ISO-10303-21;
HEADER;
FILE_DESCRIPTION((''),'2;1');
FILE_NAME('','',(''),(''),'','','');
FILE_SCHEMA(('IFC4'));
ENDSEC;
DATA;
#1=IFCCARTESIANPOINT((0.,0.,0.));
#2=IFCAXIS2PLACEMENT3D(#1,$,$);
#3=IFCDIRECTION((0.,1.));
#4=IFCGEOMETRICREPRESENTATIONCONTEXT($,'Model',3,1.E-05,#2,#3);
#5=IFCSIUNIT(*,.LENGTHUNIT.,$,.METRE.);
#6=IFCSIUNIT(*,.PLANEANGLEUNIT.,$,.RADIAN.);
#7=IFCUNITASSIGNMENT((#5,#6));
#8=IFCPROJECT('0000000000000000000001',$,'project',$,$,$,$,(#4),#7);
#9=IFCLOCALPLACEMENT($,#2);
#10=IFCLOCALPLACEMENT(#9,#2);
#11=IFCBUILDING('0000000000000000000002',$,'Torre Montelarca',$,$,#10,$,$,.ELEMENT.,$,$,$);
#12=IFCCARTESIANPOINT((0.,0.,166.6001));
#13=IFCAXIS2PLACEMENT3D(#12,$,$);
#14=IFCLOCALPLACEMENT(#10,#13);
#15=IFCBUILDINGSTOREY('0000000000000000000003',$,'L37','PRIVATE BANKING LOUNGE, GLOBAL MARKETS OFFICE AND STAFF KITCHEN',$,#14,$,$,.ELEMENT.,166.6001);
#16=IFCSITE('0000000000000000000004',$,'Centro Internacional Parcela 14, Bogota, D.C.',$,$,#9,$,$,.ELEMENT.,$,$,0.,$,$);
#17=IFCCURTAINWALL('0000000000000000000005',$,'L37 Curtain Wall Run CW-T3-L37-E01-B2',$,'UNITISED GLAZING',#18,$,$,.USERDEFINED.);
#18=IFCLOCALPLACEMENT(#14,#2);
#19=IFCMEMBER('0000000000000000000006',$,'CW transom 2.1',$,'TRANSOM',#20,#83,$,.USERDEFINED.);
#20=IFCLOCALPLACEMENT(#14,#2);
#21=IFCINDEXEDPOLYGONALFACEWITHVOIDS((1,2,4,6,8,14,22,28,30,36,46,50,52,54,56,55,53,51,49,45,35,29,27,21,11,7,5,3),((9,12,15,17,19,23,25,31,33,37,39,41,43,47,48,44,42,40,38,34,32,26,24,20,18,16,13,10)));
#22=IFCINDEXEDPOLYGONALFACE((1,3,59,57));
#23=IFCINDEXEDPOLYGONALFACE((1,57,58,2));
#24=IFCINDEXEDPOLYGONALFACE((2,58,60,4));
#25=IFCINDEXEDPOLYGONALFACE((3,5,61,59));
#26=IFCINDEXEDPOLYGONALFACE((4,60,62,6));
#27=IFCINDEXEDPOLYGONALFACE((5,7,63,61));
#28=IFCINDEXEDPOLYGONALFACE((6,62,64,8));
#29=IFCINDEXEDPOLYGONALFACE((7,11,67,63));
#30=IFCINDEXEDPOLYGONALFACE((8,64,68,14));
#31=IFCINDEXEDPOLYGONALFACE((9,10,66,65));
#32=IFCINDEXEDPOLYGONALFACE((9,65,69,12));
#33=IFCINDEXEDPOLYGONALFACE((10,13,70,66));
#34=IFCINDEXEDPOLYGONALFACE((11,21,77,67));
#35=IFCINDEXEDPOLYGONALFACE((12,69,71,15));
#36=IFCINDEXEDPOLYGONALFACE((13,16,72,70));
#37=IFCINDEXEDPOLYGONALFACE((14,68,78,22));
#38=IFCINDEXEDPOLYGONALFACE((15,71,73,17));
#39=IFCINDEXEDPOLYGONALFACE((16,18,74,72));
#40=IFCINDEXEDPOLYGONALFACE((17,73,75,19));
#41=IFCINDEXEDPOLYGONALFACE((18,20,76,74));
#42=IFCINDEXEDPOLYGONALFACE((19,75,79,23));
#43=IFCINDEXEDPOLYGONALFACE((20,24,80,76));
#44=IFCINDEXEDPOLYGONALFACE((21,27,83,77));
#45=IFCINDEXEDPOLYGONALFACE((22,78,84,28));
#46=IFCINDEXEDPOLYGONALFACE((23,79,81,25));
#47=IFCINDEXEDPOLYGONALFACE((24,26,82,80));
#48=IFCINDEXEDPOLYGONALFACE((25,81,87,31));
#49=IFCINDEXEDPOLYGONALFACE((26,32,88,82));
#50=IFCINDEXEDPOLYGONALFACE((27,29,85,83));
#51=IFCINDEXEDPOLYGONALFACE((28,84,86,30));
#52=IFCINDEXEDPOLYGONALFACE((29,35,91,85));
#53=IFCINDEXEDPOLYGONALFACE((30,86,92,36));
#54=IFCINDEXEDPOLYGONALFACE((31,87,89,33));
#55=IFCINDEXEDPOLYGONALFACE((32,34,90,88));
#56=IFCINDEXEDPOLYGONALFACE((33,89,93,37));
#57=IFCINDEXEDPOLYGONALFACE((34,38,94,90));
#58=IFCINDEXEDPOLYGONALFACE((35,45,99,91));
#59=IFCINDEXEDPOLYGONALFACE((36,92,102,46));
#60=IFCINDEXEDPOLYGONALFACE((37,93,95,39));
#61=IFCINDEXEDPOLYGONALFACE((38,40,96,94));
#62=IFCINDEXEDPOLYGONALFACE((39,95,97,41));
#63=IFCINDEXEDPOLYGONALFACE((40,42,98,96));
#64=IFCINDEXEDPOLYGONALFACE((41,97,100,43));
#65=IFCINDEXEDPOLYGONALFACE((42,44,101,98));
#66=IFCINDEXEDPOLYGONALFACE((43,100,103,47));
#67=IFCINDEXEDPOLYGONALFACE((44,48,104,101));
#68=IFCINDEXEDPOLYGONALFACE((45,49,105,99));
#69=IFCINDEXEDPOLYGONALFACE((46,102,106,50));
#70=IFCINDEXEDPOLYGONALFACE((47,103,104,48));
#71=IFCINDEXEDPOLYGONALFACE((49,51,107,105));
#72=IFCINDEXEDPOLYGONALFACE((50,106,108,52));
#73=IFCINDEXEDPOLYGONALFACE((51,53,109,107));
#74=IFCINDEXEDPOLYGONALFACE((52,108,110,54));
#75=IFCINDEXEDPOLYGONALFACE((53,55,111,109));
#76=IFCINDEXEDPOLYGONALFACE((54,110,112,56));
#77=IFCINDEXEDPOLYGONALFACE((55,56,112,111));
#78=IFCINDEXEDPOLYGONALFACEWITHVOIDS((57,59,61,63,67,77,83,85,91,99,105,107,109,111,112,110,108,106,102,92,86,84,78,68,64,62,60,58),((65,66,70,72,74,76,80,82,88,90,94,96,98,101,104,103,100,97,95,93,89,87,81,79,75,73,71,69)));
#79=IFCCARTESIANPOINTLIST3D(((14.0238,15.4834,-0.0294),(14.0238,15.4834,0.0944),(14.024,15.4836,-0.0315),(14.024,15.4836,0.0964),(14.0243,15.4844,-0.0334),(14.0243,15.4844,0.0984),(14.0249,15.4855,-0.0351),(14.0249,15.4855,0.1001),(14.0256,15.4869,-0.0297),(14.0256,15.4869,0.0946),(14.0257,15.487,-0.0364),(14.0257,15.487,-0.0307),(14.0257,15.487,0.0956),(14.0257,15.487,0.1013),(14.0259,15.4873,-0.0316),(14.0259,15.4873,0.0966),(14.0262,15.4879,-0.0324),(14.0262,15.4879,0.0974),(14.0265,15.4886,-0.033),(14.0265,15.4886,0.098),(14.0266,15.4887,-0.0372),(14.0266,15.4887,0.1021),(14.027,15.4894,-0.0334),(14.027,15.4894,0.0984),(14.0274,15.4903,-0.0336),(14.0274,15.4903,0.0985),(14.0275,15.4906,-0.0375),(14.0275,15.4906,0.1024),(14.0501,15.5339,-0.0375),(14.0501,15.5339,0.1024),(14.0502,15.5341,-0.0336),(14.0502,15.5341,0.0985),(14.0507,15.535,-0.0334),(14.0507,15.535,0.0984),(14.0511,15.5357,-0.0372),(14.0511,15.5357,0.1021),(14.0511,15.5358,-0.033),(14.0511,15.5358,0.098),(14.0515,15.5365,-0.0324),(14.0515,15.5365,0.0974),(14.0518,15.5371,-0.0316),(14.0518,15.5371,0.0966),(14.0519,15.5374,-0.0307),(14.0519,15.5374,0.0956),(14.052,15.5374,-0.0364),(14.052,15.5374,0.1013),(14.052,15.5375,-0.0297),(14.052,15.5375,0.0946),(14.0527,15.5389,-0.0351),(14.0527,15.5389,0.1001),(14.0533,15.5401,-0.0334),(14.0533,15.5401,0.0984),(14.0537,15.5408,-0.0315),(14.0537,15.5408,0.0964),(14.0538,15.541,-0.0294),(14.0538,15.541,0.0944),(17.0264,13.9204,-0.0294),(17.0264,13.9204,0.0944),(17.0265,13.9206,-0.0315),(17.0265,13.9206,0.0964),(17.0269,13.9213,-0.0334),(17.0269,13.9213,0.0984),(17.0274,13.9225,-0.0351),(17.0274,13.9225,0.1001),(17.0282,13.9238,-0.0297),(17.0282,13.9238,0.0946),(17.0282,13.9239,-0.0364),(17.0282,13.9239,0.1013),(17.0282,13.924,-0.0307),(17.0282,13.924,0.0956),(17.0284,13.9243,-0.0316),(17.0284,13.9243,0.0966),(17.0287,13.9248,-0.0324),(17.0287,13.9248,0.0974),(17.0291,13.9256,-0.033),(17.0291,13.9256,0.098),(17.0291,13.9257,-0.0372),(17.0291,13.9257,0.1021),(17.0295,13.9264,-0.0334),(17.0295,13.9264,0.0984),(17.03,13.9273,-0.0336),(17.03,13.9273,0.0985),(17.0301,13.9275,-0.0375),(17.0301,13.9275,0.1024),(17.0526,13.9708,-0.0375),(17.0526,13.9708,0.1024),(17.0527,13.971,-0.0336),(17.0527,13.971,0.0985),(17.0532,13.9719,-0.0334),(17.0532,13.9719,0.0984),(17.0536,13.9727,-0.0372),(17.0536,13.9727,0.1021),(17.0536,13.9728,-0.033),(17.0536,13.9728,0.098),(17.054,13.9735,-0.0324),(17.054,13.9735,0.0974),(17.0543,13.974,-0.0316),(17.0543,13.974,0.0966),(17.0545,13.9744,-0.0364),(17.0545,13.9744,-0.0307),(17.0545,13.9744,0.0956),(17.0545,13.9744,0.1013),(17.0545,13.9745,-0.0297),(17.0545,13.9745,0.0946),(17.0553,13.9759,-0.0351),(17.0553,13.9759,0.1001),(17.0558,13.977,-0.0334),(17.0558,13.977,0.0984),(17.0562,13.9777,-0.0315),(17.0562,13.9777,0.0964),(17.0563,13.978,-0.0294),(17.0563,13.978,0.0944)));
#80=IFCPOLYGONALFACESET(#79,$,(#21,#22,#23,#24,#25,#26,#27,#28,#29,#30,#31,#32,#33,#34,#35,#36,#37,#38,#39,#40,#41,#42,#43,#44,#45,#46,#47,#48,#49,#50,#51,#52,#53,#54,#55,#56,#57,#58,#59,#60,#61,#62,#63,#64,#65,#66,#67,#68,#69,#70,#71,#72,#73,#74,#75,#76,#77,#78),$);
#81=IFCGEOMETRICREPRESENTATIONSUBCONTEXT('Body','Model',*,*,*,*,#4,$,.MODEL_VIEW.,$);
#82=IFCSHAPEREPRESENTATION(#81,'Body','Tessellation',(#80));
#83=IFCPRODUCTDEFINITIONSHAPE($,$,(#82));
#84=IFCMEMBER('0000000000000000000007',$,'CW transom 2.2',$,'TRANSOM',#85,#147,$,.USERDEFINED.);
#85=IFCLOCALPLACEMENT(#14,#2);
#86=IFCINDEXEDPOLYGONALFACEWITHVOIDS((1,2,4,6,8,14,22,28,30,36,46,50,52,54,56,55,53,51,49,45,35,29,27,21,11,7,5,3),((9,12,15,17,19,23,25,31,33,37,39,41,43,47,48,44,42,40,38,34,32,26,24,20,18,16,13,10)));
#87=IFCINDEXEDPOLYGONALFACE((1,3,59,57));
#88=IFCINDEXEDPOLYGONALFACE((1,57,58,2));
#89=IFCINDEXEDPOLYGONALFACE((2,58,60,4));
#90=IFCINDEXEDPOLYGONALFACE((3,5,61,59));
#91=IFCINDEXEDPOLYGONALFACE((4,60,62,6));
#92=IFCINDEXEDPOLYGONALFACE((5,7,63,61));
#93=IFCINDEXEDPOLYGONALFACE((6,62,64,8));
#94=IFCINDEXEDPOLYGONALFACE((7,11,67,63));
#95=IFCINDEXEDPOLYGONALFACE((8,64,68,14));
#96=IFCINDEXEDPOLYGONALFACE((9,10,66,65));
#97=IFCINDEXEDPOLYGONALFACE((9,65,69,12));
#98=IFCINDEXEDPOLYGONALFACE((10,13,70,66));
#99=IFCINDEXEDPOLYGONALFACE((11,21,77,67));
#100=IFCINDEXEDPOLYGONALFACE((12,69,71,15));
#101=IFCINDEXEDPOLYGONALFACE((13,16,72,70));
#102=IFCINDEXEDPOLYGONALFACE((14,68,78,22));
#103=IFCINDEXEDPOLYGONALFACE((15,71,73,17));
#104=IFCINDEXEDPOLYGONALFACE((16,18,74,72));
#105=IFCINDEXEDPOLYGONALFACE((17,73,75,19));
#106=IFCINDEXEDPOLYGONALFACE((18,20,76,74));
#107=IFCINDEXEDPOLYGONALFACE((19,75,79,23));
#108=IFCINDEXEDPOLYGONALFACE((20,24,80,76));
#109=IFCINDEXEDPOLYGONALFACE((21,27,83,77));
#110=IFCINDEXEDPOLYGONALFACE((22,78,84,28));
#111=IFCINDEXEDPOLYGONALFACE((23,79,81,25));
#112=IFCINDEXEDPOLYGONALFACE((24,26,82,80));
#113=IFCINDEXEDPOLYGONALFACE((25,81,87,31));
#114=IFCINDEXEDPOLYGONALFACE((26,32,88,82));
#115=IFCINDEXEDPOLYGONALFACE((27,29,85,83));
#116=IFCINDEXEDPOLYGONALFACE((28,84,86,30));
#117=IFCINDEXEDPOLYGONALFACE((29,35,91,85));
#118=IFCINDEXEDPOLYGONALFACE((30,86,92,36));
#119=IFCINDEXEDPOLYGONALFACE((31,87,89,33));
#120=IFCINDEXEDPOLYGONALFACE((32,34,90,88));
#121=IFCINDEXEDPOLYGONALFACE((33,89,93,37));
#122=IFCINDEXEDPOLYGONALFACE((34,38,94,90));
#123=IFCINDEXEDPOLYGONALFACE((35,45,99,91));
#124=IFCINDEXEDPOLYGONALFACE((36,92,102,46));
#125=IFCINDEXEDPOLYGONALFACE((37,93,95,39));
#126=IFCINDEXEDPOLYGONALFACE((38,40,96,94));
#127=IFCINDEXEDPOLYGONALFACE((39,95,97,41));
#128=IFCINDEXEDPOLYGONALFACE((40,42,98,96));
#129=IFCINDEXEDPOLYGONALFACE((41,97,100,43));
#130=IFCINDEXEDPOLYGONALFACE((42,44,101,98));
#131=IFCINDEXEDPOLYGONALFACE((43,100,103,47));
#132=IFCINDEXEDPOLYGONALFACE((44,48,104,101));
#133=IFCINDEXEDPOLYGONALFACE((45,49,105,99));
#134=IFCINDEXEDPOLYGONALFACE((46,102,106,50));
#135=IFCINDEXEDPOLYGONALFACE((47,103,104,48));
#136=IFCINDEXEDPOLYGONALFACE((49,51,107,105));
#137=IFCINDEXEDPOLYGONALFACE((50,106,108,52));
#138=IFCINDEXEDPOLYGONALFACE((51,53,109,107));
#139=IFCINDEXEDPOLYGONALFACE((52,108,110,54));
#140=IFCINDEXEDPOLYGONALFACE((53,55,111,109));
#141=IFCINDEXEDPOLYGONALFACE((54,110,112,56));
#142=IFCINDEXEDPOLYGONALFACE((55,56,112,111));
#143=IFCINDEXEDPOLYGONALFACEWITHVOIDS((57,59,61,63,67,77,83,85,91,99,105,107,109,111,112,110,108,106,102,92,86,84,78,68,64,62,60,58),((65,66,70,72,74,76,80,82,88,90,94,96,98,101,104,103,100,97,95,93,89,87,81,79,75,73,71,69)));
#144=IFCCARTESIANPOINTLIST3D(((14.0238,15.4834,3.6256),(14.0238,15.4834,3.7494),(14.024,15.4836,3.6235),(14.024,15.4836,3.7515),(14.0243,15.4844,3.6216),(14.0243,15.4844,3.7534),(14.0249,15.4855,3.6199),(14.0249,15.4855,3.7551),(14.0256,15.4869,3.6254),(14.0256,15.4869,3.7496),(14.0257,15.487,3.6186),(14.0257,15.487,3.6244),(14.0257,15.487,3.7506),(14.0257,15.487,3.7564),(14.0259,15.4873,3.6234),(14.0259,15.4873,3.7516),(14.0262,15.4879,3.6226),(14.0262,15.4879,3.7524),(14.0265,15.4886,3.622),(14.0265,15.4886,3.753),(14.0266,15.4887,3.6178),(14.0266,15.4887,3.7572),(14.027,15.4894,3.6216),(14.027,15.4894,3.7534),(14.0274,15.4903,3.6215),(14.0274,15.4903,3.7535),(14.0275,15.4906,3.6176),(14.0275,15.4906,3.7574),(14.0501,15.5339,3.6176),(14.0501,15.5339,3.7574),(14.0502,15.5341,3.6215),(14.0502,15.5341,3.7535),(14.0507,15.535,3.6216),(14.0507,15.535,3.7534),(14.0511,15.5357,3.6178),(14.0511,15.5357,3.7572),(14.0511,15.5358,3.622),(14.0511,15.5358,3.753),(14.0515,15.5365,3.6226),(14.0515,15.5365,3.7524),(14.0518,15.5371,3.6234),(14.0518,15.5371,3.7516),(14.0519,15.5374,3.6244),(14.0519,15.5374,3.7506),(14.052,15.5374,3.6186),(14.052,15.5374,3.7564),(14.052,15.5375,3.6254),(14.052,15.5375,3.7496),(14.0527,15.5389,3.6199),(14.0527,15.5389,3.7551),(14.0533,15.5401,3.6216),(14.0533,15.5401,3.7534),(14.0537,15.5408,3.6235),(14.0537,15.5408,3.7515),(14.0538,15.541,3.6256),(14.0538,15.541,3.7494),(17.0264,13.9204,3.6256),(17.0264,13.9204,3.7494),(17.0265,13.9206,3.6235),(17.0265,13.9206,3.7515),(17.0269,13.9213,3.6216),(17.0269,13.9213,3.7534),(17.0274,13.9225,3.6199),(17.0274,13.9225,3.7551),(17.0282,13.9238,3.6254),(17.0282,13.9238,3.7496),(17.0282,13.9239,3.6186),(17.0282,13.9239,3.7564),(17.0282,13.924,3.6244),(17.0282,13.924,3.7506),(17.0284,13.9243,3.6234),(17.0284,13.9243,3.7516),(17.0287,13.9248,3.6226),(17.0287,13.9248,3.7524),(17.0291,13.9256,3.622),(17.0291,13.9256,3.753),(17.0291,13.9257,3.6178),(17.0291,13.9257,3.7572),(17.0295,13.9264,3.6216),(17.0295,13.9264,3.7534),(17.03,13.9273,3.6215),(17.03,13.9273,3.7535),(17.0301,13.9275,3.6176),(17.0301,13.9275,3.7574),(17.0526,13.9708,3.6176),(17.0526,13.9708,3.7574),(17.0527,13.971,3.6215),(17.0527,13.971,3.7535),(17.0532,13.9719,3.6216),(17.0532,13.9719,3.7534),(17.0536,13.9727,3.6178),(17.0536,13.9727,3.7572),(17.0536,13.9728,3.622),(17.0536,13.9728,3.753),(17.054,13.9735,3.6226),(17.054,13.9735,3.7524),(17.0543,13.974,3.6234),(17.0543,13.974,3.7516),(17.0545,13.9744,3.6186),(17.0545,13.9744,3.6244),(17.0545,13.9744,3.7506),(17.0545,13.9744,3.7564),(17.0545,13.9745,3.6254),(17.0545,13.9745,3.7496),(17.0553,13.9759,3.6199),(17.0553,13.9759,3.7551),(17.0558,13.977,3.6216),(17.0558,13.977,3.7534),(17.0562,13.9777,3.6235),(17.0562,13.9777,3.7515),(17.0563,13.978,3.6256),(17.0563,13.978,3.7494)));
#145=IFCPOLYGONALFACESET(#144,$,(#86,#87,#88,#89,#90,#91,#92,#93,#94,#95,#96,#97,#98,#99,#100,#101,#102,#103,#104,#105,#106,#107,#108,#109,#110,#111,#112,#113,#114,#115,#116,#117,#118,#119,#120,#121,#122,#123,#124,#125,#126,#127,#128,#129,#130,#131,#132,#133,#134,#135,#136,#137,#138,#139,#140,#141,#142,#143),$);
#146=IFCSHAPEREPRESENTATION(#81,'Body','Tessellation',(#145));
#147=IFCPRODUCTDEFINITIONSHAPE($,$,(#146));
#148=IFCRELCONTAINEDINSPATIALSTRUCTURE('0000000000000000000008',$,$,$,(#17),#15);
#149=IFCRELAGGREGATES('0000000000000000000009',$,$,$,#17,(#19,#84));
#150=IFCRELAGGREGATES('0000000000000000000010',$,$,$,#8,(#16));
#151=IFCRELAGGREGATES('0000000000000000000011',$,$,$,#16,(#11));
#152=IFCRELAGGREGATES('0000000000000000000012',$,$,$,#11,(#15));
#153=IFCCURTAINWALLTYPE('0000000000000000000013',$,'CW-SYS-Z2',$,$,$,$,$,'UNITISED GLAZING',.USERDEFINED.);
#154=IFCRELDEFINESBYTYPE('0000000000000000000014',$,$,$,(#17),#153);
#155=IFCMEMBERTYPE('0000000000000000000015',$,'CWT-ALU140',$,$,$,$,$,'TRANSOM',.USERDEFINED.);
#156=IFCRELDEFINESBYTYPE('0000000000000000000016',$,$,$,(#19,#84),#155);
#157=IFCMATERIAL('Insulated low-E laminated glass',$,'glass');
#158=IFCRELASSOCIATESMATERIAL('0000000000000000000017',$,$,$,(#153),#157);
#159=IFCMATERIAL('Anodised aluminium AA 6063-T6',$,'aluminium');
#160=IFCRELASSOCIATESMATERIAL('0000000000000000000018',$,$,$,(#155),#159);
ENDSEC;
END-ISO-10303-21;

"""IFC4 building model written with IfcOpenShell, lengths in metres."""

from ifc_helpers import new_model, si_unit, direction, frame, origin, origin_2d, place, context, subcontext, project, spatial, hollow_rectangle, extrude, source, transform, mapped, material, material_profile, profile_set, type_object, element, aggregate, save


model = new_model("IFC4")

# Units and contexts
model_context = context("Model", 3, precision=1e-05, world=origin(), true_north=direction((0.0, 1.0)))
body_context = subcontext(model_context, "Body", "Model", "MODEL_VIEW")
ifc_project = project(units=[si_unit("LENGTHUNIT", "METRE"), si_unit("PLANEANGLEUNIT", "RADIAN")], contexts=[model_context])

# Site, building, storey
site_placement = place(None, origin())
site = spatial("IfcSite", under=ifc_project, at=site_placement, Name="Centro Internacional Parcela 14, Bogota, D.C.", CompositionType="ELEMENT", RefElevation=0.0)
building_placement = place(site_placement, origin())
building = spatial("IfcBuilding", under=site, at=building_placement, Name="Torre Montelarca", CompositionType="ELEMENT")
storey_placement = place(building_placement, frame((0.0, 0.0, 166.6001)))
storey = spatial("IfcBuildingStorey", under=building, at=storey_placement, Name="L37", Description="PRIVATE BANKING LOUNGE, GLOBAL MARKETS OFFICE AND STAFF KITCHEN", CompositionType="ELEMENT", Elevation=166.6001)

# Curtain wall
ifc_material_1 = material(Name="Insulated low-E laminated glass", Category="glass")
curtain_wall_type = type_object("IfcCurtainWallType", Name="CW-SYS-Z2", ElementType="UNITISED GLAZING", PredefinedType="USERDEFINED", material=ifc_material_1)
ifc_material_2 = material(Name="Anodised aluminium AA 6063-T6", Category="aluminium")
curtain_wall_1_placement = place(storey_placement, origin())
curtain_wall_1 = element("IfcCurtainWall", 1, at=curtain_wall_1_placement, inside=storey, type_object=curtain_wall_type, Name="L37 Curtain Wall Run CW-T3-L37-E01-B2", ObjectType="UNITISED GLAZING", PredefinedType="USERDEFINED")

# Members
ifc_material_profile_1 = material_profile(ifc_material_2, hollow_rectangle(XDim=0.0649, YDim=0.1399, WallThickness=0.0039, InnerFilletRadius=0.0039, OuterFilletRadius=0.0081, at=origin_2d()), Name="ALU65X140X4", Category="aluminium")
ifc_profile_set_1 = profile_set([ifc_material_profile_1], Name="Anodised aluminium AA 6063-T6")
member_type_1 = type_object("IfcMemberType", Name="CWT-ALU140", ElementType="TRANSOM", PredefinedType="USERDEFINED", material=ifc_profile_set_1)
shared_shape_1 = source(origin(), body_context, "Body", "SweptSolid", [
    extrude(hollow_rectangle(XDim=0.0649, YDim=0.1399, WallThickness=0.0039, InnerFilletRadius=0.0039, OuterFilletRadius=0.0081, at=origin_2d()), origin(), (0.0, 0.0, 1.0), 3.385),
])
member_1_placement = place(storey_placement, frame((14.0388, 15.5122, 0.0325), z_axis=(0.887009, -0.461752, 0.0), x_axis=(0.461752, 0.887009, 0.0)))
member_1 = element("IfcMember", 2, at=member_1_placement, type_object=member_type_1, Name="CW transom 2.1", ObjectType="TRANSOM", PredefinedType="USERDEFINED", context=body_context, shape_type="MappedRepresentation", body=[
    mapped(shared_shape_1, transform((0.0, 0.0, 0.0), scale=1.0)),
])
member_2_placement = place(storey_placement, frame((14.0388, 15.5122, 3.6875), z_axis=(0.887009, -0.461752, 0.0), x_axis=(0.461752, 0.887009, 0.0)))
member_2 = element("IfcMember", 3, at=member_2_placement, type_object=member_type_1, Name="CW transom 2.2", ObjectType="TRANSOM", PredefinedType="USERDEFINED", context=body_context, shape_type="MappedRepresentation", body=[
    mapped(shared_shape_1, transform((0.0, 0.0, 0.0), scale=1.0)),
])

aggregate(curtain_wall_1, [member_1, member_2])

save(model, "model.ifc")
